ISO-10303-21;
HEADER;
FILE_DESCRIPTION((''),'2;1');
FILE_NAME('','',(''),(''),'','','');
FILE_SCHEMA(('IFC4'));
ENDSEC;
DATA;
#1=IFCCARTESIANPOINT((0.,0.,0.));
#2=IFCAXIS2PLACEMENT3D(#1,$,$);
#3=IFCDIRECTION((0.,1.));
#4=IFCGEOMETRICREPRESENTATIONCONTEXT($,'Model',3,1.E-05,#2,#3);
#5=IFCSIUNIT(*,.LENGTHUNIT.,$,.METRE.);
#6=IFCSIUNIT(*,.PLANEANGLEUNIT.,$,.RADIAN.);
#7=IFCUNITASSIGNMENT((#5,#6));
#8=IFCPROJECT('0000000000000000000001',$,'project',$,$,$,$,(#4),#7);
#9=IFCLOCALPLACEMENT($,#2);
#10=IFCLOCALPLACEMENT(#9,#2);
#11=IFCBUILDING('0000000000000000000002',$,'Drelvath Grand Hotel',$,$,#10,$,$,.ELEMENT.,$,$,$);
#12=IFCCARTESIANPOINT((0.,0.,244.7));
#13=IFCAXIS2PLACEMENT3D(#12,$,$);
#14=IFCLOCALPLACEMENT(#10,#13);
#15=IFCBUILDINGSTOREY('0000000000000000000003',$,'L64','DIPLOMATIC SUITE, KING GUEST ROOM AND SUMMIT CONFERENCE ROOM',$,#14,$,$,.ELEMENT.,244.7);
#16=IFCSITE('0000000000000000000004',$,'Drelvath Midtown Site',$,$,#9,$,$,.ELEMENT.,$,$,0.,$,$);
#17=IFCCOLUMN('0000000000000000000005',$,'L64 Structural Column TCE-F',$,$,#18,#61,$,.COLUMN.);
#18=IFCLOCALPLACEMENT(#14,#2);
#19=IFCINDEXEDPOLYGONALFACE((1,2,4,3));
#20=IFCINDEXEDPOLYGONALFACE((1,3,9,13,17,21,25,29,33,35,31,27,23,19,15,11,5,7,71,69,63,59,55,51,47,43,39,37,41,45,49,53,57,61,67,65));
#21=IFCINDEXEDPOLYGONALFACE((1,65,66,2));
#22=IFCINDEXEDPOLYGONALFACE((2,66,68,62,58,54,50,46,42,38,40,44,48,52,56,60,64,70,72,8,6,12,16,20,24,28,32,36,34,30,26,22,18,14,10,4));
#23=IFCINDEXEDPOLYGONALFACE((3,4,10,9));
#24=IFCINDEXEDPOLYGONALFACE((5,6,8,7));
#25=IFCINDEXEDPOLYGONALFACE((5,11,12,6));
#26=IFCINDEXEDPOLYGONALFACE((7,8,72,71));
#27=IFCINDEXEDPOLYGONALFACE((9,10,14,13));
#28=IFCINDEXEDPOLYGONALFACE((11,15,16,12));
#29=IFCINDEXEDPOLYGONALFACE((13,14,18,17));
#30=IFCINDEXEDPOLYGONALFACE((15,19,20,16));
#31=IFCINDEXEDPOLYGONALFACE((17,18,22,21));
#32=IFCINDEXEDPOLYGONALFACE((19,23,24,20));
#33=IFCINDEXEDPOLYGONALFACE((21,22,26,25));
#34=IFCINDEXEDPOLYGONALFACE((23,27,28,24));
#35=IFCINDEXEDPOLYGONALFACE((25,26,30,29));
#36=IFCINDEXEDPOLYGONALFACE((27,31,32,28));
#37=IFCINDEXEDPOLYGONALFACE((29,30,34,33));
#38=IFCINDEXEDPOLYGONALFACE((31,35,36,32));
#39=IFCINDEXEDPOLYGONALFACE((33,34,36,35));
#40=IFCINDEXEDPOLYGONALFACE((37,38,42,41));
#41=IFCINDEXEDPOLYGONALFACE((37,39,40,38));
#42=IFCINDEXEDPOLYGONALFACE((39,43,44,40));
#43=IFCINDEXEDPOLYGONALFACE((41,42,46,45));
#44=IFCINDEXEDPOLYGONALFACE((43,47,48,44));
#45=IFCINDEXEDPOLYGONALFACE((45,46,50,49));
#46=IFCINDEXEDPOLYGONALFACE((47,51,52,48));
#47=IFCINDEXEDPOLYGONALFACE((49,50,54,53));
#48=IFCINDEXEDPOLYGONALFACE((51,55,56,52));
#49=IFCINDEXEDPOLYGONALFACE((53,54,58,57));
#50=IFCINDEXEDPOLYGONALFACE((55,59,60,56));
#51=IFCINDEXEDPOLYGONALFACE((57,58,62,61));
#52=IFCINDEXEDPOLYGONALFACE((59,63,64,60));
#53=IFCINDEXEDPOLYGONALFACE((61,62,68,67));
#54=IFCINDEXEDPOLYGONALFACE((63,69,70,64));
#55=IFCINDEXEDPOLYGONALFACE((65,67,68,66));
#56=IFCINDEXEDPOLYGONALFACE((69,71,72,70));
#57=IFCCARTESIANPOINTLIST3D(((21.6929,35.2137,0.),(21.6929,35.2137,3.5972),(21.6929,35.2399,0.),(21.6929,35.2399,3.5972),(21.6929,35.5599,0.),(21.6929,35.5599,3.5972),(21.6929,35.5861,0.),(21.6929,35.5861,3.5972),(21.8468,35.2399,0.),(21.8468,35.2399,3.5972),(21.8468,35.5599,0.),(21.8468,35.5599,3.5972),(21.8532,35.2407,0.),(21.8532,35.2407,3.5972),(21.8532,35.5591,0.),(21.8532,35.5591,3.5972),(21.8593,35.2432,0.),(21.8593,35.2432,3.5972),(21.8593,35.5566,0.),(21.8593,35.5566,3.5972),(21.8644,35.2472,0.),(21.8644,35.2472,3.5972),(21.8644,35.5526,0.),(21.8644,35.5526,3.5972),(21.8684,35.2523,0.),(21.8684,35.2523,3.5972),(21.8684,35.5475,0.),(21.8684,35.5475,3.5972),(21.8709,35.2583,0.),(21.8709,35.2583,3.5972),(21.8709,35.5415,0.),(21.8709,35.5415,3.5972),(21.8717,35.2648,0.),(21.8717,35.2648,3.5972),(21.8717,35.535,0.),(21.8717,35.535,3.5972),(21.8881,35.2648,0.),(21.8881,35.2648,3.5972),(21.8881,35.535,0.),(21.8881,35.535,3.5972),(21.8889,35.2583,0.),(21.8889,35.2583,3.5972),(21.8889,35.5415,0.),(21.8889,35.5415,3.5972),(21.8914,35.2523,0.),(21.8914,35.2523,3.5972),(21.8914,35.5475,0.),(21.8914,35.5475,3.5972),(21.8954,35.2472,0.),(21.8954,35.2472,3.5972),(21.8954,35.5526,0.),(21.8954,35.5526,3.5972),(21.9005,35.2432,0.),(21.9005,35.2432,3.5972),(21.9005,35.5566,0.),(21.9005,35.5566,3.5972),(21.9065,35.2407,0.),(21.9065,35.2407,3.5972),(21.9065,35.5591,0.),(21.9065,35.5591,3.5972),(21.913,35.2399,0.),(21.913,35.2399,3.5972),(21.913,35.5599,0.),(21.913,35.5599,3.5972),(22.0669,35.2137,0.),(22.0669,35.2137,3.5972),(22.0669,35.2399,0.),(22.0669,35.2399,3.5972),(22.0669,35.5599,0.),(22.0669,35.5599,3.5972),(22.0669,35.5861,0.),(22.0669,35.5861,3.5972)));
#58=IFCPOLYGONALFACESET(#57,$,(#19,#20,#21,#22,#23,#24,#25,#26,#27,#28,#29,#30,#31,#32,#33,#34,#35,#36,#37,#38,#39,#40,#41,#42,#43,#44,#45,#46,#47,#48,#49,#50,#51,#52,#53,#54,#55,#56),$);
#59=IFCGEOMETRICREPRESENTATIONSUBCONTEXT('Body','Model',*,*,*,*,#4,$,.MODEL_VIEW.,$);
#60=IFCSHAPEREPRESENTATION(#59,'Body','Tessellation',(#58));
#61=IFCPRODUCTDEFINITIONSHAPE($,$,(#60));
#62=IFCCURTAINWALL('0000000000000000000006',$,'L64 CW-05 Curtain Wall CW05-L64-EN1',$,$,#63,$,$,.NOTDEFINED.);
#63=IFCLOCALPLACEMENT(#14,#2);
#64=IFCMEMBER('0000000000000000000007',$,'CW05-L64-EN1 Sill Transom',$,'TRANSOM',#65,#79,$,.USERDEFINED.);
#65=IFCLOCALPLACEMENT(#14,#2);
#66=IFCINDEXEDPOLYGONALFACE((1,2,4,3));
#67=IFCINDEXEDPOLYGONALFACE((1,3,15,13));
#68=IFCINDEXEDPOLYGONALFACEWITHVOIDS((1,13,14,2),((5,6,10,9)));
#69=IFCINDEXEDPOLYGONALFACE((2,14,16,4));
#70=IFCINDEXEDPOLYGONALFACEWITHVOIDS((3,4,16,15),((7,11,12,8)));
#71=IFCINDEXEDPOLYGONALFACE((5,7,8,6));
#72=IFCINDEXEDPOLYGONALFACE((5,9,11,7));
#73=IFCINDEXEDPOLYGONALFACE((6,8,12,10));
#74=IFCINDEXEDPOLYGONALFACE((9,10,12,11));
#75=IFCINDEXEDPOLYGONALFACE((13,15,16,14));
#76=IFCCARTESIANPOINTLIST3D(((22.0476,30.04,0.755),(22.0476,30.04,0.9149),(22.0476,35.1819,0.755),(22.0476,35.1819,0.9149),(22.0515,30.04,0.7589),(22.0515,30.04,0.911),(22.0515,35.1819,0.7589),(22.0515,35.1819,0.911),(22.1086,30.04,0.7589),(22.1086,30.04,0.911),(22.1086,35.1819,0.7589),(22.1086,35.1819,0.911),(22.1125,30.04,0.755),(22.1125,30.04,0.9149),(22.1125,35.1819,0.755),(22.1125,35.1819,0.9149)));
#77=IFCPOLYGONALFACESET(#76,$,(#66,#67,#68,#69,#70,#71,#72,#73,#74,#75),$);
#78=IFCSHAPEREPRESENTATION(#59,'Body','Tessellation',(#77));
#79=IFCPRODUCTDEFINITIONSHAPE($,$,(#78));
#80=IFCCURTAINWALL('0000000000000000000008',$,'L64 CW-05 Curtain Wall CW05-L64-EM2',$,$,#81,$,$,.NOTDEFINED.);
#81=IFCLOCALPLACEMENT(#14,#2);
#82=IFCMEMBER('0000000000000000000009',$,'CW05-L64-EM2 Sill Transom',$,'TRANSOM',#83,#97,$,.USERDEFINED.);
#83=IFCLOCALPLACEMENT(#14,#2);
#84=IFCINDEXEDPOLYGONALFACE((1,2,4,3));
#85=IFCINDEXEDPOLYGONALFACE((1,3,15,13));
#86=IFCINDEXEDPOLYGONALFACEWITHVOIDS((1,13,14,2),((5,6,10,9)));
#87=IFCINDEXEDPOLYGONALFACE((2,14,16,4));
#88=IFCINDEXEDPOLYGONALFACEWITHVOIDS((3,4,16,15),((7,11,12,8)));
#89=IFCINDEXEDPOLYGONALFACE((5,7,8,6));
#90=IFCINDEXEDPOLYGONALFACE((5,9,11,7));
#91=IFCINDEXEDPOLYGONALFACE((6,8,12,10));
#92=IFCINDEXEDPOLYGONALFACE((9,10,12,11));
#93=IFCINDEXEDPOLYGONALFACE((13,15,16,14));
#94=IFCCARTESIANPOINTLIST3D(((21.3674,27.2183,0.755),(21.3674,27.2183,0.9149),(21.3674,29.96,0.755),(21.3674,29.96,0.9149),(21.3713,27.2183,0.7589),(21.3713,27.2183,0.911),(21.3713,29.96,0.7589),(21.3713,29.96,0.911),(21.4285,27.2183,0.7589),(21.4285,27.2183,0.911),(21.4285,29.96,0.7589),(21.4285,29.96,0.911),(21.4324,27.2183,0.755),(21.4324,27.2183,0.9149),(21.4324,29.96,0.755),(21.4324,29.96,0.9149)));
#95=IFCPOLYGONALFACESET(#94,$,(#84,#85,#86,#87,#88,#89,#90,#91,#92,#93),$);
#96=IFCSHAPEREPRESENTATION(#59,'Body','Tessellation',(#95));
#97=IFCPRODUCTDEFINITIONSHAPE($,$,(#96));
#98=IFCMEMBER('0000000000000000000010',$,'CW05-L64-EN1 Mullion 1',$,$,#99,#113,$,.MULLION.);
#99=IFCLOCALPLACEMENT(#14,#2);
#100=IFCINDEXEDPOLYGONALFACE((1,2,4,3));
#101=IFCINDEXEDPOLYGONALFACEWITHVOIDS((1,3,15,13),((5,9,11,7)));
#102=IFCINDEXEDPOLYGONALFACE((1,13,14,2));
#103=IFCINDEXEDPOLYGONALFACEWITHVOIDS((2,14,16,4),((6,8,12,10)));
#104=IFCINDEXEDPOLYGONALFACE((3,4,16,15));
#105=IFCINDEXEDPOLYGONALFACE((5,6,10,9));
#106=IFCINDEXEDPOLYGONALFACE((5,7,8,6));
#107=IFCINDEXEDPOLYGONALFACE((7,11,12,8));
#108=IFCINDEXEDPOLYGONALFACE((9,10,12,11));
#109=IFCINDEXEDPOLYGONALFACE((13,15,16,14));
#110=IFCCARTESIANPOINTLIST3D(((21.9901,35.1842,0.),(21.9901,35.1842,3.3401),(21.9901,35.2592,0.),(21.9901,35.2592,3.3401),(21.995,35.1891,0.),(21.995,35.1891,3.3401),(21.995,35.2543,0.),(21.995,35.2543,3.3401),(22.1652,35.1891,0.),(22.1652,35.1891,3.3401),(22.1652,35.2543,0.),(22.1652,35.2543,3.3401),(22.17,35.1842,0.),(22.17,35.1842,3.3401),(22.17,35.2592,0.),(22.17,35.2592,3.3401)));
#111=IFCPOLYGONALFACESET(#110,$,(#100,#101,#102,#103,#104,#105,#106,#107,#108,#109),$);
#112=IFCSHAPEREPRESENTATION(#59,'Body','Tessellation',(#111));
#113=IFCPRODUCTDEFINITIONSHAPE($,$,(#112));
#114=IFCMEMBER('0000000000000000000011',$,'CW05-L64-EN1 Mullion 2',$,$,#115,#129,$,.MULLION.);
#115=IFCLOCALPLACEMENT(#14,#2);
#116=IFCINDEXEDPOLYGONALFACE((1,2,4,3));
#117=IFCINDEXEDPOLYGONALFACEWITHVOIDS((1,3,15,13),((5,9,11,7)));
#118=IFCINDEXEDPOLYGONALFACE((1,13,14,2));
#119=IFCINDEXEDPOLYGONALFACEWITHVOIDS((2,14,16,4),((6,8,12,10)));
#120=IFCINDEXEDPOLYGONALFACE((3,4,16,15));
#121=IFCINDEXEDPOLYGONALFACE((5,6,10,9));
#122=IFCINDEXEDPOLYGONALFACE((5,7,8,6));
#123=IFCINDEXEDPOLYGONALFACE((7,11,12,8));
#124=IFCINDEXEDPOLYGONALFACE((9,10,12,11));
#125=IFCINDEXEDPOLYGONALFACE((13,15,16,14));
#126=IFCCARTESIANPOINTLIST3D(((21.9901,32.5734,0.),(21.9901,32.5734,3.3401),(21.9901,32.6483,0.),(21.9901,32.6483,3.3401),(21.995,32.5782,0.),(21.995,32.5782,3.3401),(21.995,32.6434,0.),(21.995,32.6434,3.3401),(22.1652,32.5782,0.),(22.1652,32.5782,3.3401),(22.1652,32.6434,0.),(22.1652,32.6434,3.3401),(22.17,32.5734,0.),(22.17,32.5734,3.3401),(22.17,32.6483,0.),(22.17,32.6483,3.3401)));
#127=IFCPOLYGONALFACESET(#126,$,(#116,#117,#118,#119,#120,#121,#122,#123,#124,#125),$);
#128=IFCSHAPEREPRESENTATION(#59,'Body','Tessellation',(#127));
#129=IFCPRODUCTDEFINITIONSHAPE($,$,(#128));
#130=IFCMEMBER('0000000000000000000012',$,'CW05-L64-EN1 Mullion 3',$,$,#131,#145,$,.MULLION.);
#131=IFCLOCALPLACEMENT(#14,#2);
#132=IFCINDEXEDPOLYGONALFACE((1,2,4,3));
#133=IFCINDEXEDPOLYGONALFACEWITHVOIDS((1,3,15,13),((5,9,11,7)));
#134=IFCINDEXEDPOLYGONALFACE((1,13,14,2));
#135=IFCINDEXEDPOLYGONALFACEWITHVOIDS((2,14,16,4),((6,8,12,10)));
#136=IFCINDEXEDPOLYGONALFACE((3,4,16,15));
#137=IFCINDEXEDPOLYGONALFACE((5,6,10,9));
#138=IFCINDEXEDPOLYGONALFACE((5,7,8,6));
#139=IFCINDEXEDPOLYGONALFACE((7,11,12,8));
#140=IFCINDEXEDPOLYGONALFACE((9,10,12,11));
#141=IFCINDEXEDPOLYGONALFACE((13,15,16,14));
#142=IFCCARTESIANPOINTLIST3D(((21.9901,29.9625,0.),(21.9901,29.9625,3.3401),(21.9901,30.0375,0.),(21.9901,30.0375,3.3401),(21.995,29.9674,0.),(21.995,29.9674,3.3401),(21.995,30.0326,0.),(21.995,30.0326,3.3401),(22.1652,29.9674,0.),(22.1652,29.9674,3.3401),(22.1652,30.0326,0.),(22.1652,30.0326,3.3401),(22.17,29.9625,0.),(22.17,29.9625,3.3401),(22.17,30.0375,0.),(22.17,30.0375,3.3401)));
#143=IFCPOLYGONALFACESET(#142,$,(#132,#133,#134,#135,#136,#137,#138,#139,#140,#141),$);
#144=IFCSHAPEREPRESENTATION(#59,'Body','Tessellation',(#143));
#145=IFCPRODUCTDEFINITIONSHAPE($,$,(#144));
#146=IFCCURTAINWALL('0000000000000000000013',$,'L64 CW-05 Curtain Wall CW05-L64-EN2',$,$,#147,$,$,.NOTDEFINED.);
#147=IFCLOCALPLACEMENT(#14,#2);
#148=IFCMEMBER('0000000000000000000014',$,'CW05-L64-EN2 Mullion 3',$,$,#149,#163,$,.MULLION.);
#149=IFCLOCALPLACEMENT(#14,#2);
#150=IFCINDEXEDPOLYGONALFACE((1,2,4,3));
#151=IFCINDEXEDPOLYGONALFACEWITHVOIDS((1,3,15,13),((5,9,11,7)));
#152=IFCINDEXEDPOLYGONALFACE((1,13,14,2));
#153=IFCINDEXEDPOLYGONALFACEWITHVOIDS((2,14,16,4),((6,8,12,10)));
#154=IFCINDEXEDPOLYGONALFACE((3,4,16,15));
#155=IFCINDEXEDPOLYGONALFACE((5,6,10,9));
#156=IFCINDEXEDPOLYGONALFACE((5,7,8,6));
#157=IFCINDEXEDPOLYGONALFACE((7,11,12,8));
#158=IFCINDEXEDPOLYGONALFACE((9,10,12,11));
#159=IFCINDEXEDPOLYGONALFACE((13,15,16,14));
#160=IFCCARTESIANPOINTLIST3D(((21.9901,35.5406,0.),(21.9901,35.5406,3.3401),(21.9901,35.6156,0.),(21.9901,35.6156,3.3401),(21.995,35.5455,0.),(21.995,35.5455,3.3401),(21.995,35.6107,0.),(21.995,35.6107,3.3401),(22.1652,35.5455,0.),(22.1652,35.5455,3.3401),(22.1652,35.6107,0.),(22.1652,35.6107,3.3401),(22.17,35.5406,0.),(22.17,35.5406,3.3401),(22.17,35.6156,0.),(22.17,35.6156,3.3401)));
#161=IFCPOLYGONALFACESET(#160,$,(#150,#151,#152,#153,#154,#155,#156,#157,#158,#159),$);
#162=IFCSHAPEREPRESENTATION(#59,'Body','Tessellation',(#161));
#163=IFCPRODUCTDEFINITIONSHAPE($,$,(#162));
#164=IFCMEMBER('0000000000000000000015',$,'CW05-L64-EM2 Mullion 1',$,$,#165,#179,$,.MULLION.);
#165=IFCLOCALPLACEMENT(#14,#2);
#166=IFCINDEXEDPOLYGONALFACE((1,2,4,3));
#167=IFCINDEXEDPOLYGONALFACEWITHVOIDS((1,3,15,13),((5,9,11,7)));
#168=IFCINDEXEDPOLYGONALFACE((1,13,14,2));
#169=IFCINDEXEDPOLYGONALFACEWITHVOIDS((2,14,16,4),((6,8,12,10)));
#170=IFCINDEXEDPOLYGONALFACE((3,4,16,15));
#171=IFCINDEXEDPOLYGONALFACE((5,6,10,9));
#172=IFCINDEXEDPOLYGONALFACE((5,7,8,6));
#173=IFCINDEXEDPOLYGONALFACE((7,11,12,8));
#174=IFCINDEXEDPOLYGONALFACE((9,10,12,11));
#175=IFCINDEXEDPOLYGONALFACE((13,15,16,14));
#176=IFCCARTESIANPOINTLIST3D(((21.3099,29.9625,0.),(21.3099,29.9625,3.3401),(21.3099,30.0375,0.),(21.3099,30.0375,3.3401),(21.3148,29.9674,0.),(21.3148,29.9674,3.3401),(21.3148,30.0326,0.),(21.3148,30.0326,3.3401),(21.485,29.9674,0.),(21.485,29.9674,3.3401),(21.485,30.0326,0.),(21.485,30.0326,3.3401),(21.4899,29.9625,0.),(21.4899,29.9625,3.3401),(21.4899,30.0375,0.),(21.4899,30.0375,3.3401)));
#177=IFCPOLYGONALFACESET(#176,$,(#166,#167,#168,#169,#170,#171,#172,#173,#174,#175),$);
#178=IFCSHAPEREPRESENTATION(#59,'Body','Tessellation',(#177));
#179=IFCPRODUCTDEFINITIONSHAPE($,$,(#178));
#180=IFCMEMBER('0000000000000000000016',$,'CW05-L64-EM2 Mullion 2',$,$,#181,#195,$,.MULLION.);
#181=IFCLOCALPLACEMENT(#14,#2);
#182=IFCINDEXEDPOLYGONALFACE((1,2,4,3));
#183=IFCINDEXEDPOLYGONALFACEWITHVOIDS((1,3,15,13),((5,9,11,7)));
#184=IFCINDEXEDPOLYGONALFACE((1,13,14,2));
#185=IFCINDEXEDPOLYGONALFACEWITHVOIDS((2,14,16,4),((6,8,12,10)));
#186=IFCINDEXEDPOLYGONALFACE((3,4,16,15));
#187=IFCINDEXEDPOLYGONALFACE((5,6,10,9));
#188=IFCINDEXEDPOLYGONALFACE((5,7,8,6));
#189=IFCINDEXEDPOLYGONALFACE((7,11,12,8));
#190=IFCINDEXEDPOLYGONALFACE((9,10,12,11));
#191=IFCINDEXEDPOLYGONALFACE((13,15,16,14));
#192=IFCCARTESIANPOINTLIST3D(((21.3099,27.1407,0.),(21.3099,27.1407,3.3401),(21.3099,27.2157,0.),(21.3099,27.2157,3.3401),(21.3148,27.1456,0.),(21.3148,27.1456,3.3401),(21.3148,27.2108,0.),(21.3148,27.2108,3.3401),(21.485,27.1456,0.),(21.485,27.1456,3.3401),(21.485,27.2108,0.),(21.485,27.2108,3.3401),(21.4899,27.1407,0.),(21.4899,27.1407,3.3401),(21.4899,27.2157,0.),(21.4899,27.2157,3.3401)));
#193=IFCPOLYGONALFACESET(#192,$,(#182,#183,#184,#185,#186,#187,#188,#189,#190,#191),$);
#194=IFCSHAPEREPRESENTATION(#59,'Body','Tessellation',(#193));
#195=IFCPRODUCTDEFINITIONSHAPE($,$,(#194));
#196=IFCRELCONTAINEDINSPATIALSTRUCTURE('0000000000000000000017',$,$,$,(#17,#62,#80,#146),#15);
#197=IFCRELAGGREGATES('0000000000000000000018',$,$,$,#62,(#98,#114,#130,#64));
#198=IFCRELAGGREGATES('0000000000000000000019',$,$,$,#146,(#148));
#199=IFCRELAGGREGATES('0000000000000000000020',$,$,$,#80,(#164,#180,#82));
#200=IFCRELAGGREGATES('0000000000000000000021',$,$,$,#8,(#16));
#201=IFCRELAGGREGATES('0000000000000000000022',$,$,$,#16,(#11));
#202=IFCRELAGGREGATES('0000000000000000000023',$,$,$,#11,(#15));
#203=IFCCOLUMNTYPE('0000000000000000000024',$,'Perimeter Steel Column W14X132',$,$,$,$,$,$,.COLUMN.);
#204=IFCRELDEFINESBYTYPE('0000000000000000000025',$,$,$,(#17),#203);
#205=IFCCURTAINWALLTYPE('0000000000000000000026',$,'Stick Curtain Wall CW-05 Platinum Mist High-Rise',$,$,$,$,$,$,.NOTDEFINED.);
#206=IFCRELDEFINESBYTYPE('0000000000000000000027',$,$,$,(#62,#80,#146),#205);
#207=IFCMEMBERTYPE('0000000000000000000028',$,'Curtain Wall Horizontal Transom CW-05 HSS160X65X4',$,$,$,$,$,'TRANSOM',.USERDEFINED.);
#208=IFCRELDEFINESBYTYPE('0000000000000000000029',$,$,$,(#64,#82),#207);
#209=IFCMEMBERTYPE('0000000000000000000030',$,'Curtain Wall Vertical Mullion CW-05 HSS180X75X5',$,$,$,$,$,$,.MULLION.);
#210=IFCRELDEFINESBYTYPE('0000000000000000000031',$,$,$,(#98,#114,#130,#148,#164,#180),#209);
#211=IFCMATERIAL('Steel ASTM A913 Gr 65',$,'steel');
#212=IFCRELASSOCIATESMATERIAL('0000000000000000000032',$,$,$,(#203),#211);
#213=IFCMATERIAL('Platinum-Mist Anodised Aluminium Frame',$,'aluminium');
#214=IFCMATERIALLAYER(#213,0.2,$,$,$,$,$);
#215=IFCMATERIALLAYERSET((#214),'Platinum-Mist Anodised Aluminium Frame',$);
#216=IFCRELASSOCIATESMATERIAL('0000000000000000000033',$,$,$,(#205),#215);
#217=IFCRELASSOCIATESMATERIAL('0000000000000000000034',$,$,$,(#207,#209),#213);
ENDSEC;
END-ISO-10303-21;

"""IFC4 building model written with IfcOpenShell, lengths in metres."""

from ifc_helpers import new_model, si_unit, direction, frame, origin, origin_2d, place, context, subcontext, project, spatial, hollow_rectangle, i_section, extrude, material, layer, layer_set, material_profile, profile_set, type_object, element, aggregate, save


model = new_model("IFC4")

# Units and contexts
model_context = context("Model", 3, precision=1e-05, world=origin(), true_north=direction((0.0, 1.0)))
body_context = subcontext(model_context, "Body", "Model", "MODEL_VIEW")
ifc_project = project(units=[si_unit("LENGTHUNIT", "METRE"), si_unit("PLANEANGLEUNIT", "RADIAN")], contexts=[model_context])

# Site, building, storey
site_placement = place(None, origin())
site = spatial("IfcSite", under=ifc_project, at=site_placement, Name="Drelvath Midtown Site", CompositionType="ELEMENT", RefElevation=0.0)
building_placement = place(site_placement, origin())
building = spatial("IfcBuilding", under=site, at=building_placement, Name="Drelvath Grand Hotel", CompositionType="ELEMENT")
storey_placement = place(building_placement, frame((0.0, 0.0, 244.7)))
storey = spatial("IfcBuildingStorey", under=building, at=storey_placement, Name="L64", Description="DIPLOMATIC SUITE, KING GUEST ROOM AND SUMMIT CONFERENCE ROOM", CompositionType="ELEMENT", Elevation=244.7)

# Column
ifc_material_1 = material(Name="Steel ASTM A913 Gr 65", Category="steel")
ifc_material_profile_1 = material_profile(ifc_material_1, i_section(OverallWidth=0.374, OverallDepth=0.3723, WebThickness=0.0164, FlangeThickness=0.0261, FilletRadius=0.0249, at=origin_2d()), Name="W14X132")
ifc_profile_set_1 = profile_set([ifc_material_profile_1], Name="Steel ASTM A913 Gr 65")
column_type = type_object("IfcColumnType", Name="Perimeter Steel Column W14X132", PredefinedType="COLUMN", material=ifc_profile_set_1)
column_placement = place(storey_placement, frame((21.8799, 35.3999, 0.0), z_axis=(0.0, 0.0, 1.0), x_axis=(1.0, 0.0, 0.0)))
element("IfcColumn", 1, at=column_placement, inside=storey, type_object=column_type, Name="L64 Structural Column TCE-F", PredefinedType="COLUMN", context=body_context, shape_type="SweptSolid", body=[
    extrude(i_section(OverallWidth=0.374, OverallDepth=0.3723, WebThickness=0.0164, FlangeThickness=0.0261, FilletRadius=0.0249, at=origin_2d()), origin(), (0.0, 0.0, 1.0), 3.5972),
])

# Curtain walls, members
ifc_material_2 = material(Name="Platinum-Mist Anodised Aluminium Frame", Category="aluminium")
ifc_layer_1 = layer(ifc_material_2, 0.2)
ifc_layer_set_1 = layer_set([ifc_layer_1], Name="Platinum-Mist Anodised Aluminium Frame")
curtain_wall_type = type_object("IfcCurtainWallType", Name="Stick Curtain Wall CW-05 Platinum Mist High-Rise", PredefinedType="NOTDEFINED", material=ifc_layer_set_1)
curtain_wall_1_placement = place(storey_placement, origin())
curtain_wall_1 = element("IfcCurtainWall", 2, at=curtain_wall_1_placement, inside=storey, type_object=curtain_wall_type, Name="L64 CW-05 Curtain Wall CW05-L64-EN1", PredefinedType="NOTDEFINED")
ifc_material_profile_2 = material_profile(ifc_material_2, hollow_rectangle(XDim=0.0649, YDim=0.1599, WallThickness=0.0039, at=origin_2d()), Name="HSS160X65X4")
ifc_profile_set_2 = profile_set([ifc_material_profile_2], Name="Platinum-Mist Anodised Aluminium Frame")
member_type_1 = type_object("IfcMemberType", Name="Curtain Wall Horizontal Transom CW-05 HSS160X65X4", ElementType="TRANSOM", PredefinedType="USERDEFINED", material=ifc_profile_set_2)
member_1_placement = place(storey_placement, frame((22.0801, 35.1819, 0.835), z_axis=(0.0, -1.0, 0.0), x_axis=(1.0, 0.0, 0.0)))
member_1 = element("IfcMember", 3, at=member_1_placement, type_object=member_type_1, Name="CW05-L64-EN1 Sill Transom", ObjectType="TRANSOM", PredefinedType="USERDEFINED", context=body_context, shape_type="SweptSolid", body=[
    extrude(hollow_rectangle(XDim=0.0649, YDim=0.1599, WallThickness=0.0039, at=origin_2d()), origin(), (0.0, 0.0, 1.0), 5.1418),
])
curtain_wall_2_placement = place(storey_placement, origin())
curtain_wall_2 = element("IfcCurtainWall", 4, at=curtain_wall_2_placement, inside=storey, type_object=curtain_wall_type, Name="L64 CW-05 Curtain Wall CW05-L64-EM2", PredefinedType="NOTDEFINED")
member_2_placement = place(storey_placement, frame((21.3999, 29.96, 0.835), z_axis=(0.0, -1.0, 0.0), x_axis=(1.0, 0.0, 0.0)))
member_2 = element("IfcMember", 5, at=member_2_placement, type_object=member_type_1, Name="CW05-L64-EM2 Sill Transom", ObjectType="TRANSOM", PredefinedType="USERDEFINED", context=body_context, shape_type="SweptSolid", body=[
    extrude(hollow_rectangle(XDim=0.0649, YDim=0.1599, WallThickness=0.0039, at=origin_2d()), origin(), (0.0, 0.0, 1.0), 2.7417),
])

# Members
ifc_material_profile_3 = material_profile(ifc_material_2, hollow_rectangle(XDim=0.075, YDim=0.1799, WallThickness=0.0049, at=origin_2d()), Name="HSS180X75X5")
ifc_profile_set_3 = profile_set([ifc_material_profile_3], Name="Platinum-Mist Anodised Aluminium Frame")
member_type_2 = type_object("IfcMemberType", Name="Curtain Wall Vertical Mullion CW-05 HSS180X75X5", PredefinedType="MULLION", material=ifc_profile_set_3)
member_3_placement = place(storey_placement, frame((22.0801, 35.2217, 0.0), z_axis=(0.0, 0.0, 1.0), x_axis=(0.0, 1.0, 0.0)))
member_3 = element("IfcMember", 6, at=member_3_placement, type_object=member_type_2, Name="CW05-L64-EN1 Mullion 1", PredefinedType="MULLION", context=body_context, shape_type="SweptSolid", body=[
    extrude(hollow_rectangle(XDim=0.075, YDim=0.1799, WallThickness=0.0049, at=origin_2d()), origin(), (0.0, 0.0, 1.0), 3.3401),
])
member_4_placement = place(storey_placement, frame((22.0801, 32.6108, 0.0), z_axis=(0.0, 0.0, 1.0), x_axis=(0.0, 1.0, 0.0)))
member_4 = element("IfcMember", 7, at=member_4_placement, type_object=member_type_2, Name="CW05-L64-EN1 Mullion 2", PredefinedType="MULLION", context=body_context, shape_type="SweptSolid", body=[
    extrude(hollow_rectangle(XDim=0.075, YDim=0.1799, WallThickness=0.0049, at=origin_2d()), origin(), (0.0, 0.0, 1.0), 3.3401),
])
member_5_placement = place(storey_placement, frame((22.0801, 30.0, 0.0), z_axis=(0.0, 0.0, 1.0), x_axis=(0.0, 1.0, 0.0)))
member_5 = element("IfcMember", 8, at=member_5_placement, type_object=member_type_2, Name="CW05-L64-EN1 Mullion 3", PredefinedType="MULLION", context=body_context, shape_type="SweptSolid", body=[
    extrude(hollow_rectangle(XDim=0.075, YDim=0.1799, WallThickness=0.0049, at=origin_2d()), origin(), (0.0, 0.0, 1.0), 3.3401),
])

# Curtain wall, member
curtain_wall_3_placement = place(storey_placement, origin())
curtain_wall_3 = element("IfcCurtainWall", 9, at=curtain_wall_3_placement, inside=storey, type_object=curtain_wall_type, Name="L64 CW-05 Curtain Wall CW05-L64-EN2", PredefinedType="NOTDEFINED")
member_6_placement = place(storey_placement, frame((22.0801, 35.5781, 0.0), z_axis=(0.0, 0.0, 1.0), x_axis=(0.0, 1.0, 0.0)))
member_6 = element("IfcMember", 10, at=member_6_placement, type_object=member_type_2, Name="CW05-L64-EN2 Mullion 3", PredefinedType="MULLION", context=body_context, shape_type="SweptSolid", body=[
    extrude(hollow_rectangle(XDim=0.075, YDim=0.1799, WallThickness=0.0049, at=origin_2d()), origin(), (0.0, 0.0, 1.0), 3.3401),
])

# Members
member_7_placement = place(storey_placement, frame((21.3999, 30.0, 0.0), z_axis=(0.0, 0.0, 1.0), x_axis=(0.0, 1.0, 0.0)))
member_7 = element("IfcMember", 11, at=member_7_placement, type_object=member_type_2, Name="CW05-L64-EM2 Mullion 1", PredefinedType="MULLION", context=body_context, shape_type="SweptSolid", body=[
    extrude(hollow_rectangle(XDim=0.075, YDim=0.1799, WallThickness=0.0049, at=origin_2d()), origin(), (0.0, 0.0, 1.0), 3.3401),
])
member_8_placement = place(storey_placement, frame((21.3999, 27.1782, 0.0), z_axis=(0.0, 0.0, 1.0), x_axis=(0.0, 1.0, 0.0)))
member_8 = element("IfcMember", 12, at=member_8_placement, type_object=member_type_2, Name="CW05-L64-EM2 Mullion 2", PredefinedType="MULLION", context=body_context, shape_type="SweptSolid", body=[
    extrude(hollow_rectangle(XDim=0.075, YDim=0.1799, WallThickness=0.0049, at=origin_2d()), origin(), (0.0, 0.0, 1.0), 3.3401),
])

aggregate(curtain_wall_1, [member_3, member_4, member_5, member_1])
aggregate(curtain_wall_3, [member_6])
aggregate(curtain_wall_2, [member_7, member_8, member_2])

save(model, "model.ifc")
